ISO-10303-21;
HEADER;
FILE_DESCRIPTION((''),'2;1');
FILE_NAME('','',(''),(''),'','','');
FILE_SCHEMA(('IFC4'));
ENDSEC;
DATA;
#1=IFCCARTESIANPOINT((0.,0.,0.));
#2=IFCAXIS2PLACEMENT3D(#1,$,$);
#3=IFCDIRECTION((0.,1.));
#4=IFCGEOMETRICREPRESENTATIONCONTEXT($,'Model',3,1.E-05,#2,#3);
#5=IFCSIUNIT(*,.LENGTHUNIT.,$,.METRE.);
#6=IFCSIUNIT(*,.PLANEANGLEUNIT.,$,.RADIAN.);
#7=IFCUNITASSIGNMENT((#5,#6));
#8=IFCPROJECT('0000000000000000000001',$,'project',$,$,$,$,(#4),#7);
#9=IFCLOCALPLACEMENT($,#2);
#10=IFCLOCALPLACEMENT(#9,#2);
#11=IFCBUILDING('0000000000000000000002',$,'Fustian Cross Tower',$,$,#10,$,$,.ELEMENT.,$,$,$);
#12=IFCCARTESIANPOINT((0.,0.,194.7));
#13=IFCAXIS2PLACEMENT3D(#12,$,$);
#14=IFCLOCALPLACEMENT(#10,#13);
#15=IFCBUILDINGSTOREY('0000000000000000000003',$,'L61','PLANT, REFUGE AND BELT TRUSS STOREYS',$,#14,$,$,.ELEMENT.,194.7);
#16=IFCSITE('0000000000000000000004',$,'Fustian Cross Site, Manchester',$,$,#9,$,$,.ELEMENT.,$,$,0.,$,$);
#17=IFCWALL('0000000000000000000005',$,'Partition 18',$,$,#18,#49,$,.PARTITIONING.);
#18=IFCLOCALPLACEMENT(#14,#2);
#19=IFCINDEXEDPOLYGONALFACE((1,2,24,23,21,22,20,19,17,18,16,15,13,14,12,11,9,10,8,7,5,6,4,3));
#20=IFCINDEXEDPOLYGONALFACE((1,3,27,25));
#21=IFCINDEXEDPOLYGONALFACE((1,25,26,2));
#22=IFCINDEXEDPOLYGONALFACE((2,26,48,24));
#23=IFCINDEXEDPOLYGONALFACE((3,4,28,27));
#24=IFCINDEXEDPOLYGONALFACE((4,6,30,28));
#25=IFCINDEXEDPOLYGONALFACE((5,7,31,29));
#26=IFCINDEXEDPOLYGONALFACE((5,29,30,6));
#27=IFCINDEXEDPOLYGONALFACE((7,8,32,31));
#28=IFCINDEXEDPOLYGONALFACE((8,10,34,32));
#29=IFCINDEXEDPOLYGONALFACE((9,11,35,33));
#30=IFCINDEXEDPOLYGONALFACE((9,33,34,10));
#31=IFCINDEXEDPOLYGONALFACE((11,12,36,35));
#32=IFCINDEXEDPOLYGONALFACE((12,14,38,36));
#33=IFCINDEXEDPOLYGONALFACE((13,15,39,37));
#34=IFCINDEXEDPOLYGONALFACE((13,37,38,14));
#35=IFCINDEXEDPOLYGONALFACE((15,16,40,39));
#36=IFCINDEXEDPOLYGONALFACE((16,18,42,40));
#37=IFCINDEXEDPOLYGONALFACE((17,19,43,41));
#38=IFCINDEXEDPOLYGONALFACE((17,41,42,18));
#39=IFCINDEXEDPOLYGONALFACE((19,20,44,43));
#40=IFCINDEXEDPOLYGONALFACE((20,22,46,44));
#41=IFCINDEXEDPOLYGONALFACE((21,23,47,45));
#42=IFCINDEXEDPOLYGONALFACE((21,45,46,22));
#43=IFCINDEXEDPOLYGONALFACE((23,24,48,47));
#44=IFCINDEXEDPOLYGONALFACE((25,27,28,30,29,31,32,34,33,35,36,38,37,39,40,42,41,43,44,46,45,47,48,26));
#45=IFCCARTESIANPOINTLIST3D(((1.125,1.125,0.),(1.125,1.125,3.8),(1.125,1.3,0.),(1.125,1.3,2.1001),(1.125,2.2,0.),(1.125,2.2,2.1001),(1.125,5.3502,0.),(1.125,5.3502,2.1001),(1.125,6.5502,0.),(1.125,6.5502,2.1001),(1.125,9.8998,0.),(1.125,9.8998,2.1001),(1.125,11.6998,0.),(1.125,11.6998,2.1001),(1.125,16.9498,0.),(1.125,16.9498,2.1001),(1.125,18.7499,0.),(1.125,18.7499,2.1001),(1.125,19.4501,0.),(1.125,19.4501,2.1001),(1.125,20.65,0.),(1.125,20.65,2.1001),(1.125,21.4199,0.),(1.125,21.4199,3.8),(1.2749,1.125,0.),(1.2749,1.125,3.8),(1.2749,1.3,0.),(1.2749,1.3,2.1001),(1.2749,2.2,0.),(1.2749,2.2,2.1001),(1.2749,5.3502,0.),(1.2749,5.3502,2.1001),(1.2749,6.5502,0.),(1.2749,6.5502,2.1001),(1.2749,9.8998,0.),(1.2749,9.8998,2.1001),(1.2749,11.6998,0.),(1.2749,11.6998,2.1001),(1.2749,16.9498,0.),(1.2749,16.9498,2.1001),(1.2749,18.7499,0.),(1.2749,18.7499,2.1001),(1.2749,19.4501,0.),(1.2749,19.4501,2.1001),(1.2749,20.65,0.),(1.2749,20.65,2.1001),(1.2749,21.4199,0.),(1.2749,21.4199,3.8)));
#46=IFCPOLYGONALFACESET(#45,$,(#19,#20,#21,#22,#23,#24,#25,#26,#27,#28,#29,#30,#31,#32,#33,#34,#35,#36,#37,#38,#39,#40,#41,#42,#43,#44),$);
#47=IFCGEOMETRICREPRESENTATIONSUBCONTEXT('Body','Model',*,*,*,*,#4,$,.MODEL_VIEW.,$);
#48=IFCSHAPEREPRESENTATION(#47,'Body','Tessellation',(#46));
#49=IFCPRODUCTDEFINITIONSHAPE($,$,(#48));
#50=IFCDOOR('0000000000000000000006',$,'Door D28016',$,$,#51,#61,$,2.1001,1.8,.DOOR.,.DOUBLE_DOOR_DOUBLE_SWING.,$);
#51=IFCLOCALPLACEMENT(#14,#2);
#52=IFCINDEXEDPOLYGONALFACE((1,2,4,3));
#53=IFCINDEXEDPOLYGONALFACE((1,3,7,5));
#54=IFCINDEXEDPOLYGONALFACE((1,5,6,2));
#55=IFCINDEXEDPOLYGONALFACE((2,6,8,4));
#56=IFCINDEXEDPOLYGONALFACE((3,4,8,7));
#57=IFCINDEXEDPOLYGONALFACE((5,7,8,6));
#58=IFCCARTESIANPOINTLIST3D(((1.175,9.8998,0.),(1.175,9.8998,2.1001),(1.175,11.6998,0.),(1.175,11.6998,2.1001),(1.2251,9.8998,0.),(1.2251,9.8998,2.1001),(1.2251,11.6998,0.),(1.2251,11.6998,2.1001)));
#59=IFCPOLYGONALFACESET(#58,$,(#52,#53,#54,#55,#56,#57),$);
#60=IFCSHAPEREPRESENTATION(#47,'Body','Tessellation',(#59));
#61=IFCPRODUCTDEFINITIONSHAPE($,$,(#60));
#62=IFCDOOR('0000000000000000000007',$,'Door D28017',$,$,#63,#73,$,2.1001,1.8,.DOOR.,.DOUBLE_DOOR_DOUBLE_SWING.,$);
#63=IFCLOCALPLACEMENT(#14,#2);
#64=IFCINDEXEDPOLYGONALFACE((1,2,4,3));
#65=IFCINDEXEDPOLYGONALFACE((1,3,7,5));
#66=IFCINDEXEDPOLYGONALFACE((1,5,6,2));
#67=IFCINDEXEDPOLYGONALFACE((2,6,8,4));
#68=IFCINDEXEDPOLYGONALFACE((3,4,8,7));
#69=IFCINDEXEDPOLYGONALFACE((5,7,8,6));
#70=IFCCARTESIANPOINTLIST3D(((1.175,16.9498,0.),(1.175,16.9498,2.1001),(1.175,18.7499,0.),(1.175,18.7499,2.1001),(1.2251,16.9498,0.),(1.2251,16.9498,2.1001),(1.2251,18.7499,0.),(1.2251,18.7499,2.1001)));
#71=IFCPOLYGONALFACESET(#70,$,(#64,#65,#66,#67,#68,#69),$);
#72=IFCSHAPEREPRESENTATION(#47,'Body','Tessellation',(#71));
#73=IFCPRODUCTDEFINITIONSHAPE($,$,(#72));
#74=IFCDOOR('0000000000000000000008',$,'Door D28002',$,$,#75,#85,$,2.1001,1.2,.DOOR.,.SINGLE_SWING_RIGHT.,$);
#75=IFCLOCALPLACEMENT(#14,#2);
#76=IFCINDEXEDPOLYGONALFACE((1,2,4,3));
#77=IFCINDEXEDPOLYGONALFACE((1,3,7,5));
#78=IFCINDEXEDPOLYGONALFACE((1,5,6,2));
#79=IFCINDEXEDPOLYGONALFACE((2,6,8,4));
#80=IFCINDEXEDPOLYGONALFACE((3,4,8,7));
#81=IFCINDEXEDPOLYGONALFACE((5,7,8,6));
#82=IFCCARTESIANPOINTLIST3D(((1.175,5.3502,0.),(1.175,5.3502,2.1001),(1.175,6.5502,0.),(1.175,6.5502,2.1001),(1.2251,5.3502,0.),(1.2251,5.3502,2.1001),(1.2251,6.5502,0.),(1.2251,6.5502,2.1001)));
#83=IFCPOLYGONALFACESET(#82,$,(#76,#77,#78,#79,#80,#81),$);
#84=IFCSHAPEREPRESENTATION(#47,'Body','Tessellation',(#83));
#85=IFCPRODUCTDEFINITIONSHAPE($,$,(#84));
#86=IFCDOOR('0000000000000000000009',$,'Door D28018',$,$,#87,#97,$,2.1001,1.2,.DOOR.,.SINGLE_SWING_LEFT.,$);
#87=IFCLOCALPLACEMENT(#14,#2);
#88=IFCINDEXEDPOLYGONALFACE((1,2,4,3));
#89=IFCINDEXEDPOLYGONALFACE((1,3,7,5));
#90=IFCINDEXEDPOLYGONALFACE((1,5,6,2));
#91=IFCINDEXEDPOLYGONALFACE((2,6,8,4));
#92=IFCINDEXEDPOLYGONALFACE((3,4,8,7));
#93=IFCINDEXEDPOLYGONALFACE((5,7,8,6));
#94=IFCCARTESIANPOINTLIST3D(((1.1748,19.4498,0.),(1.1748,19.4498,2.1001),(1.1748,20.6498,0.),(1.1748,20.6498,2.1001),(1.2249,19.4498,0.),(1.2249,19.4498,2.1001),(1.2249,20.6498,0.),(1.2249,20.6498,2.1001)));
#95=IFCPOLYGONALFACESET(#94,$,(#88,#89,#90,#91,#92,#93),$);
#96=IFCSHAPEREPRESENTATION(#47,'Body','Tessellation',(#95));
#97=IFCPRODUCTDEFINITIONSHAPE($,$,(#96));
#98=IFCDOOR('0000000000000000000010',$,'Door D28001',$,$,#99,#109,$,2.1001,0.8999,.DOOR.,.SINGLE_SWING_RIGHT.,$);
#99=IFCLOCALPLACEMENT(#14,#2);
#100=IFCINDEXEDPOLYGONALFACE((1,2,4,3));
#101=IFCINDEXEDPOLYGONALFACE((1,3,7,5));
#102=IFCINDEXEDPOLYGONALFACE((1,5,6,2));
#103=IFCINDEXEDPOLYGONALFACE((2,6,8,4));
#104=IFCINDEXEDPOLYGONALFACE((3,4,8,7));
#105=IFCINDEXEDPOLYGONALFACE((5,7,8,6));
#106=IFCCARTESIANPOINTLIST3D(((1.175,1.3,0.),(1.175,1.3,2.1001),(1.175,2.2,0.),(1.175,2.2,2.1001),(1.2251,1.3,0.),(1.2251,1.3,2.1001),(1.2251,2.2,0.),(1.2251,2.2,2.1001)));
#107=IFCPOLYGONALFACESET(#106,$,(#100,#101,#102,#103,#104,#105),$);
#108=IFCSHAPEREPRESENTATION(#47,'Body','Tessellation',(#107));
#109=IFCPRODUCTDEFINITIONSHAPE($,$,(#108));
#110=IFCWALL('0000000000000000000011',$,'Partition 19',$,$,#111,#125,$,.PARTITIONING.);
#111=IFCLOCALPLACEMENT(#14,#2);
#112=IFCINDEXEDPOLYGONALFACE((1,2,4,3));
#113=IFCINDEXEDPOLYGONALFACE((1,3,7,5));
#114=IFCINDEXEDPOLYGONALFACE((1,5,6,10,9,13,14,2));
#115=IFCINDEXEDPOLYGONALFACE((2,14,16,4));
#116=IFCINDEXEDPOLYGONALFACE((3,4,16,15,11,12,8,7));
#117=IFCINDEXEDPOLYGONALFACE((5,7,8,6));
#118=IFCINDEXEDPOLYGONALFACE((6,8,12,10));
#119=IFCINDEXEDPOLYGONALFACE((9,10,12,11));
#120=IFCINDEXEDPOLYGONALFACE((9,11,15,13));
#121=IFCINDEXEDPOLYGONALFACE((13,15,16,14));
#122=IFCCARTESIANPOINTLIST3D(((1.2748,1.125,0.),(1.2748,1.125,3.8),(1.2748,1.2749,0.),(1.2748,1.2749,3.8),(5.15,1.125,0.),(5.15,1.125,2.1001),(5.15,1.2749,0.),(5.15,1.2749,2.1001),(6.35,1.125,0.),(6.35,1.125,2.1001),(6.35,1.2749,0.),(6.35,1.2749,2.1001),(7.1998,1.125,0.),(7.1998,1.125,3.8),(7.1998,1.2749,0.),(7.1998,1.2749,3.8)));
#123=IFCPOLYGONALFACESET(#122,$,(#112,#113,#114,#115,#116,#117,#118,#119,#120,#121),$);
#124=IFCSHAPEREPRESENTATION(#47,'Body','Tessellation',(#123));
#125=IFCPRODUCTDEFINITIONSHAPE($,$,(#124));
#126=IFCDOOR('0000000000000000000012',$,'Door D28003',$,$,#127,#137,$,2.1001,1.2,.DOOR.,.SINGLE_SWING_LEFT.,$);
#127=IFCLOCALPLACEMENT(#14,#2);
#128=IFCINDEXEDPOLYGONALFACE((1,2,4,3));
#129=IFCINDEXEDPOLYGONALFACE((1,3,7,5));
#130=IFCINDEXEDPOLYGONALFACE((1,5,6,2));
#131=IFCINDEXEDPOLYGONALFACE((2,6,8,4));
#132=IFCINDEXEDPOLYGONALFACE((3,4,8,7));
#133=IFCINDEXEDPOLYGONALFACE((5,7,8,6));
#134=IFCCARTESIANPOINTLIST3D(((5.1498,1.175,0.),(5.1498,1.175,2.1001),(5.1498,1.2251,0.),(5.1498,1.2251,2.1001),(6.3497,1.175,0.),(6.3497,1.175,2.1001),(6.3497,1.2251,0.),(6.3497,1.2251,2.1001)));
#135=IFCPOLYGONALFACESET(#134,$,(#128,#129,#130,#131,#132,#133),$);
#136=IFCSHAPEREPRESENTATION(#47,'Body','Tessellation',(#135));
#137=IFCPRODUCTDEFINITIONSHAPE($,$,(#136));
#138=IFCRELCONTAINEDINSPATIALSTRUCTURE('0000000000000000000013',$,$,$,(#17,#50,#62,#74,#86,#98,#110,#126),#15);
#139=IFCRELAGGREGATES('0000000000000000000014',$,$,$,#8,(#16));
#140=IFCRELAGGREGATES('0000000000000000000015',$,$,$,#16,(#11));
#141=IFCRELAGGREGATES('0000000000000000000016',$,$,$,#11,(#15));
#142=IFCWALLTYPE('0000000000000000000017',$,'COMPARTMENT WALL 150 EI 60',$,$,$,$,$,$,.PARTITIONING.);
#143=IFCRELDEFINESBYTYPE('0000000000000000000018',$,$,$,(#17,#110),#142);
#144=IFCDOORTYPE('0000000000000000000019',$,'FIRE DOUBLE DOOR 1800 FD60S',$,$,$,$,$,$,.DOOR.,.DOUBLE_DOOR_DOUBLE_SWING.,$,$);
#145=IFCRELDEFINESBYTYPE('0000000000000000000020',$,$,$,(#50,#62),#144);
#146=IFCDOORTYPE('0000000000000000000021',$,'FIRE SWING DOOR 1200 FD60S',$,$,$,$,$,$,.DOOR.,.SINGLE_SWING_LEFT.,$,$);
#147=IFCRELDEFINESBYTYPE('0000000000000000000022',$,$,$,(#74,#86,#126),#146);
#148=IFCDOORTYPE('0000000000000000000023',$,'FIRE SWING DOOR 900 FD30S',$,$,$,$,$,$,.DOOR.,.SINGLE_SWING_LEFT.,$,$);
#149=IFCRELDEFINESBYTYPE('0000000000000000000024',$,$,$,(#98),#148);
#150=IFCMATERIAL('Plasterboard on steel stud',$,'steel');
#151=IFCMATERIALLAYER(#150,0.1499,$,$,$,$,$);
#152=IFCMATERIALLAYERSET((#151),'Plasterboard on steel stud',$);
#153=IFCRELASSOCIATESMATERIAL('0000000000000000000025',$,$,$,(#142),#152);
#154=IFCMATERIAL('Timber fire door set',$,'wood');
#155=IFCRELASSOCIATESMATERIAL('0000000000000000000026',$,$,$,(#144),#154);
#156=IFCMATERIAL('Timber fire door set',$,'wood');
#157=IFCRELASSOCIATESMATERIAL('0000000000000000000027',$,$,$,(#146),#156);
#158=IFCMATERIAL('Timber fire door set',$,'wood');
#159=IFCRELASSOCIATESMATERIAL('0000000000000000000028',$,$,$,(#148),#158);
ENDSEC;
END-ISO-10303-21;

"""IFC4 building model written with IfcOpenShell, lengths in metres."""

from ifc_helpers import new_model, si_unit, direction, frame, frame_2d, origin, place, context, subcontext, project, spatial, rectangle, extrude, material, layer, layer_set, type_object, element, fill, save


model = new_model("IFC4")

# Units and contexts
model_context = context("Model", 3, precision=1e-05, world=origin(), true_north=direction((0.0, 1.0)))
body_context = subcontext(model_context, "Body", "Model", "MODEL_VIEW")
ifc_project = project(units=[si_unit("LENGTHUNIT", "METRE"), si_unit("PLANEANGLEUNIT", "RADIAN")], contexts=[model_context])

# Site, building, storey
site_placement = place(None, origin())
site = spatial("IfcSite", under=ifc_project, at=site_placement, Name="Fustian Cross Site, Manchester", CompositionType="ELEMENT", RefElevation=0.0)
building_placement = place(site_placement, origin())
building = spatial("IfcBuilding", under=site, at=building_placement, Name="Fustian Cross Tower", CompositionType="ELEMENT")
storey_placement = place(building_placement, frame((0.0, 0.0, 194.7)))
storey = spatial("IfcBuildingStorey", under=building, at=storey_placement, Name="L61", Description="PLANT, REFUGE AND BELT TRUSS STOREYS", CompositionType="ELEMENT", Elevation=194.7)

# Wall, openings, doors
ifc_material_1 = material(Name="Plasterboard on steel stud", Category="steel")
ifc_layer_1 = layer(ifc_material_1, 0.1499)
ifc_layer_set_1 = layer_set([ifc_layer_1], Name="Plasterboard on steel stud")
wall_type = type_object("IfcWallType", Name="COMPARTMENT WALL 150 EI 60", PredefinedType="PARTITIONING", material=ifc_layer_set_1)
ifc_material_2 = material(Name="Timber fire door set", Category="wood")
door_type_1 = type_object("IfcDoorType", Name="FIRE DOUBLE DOOR 1800 FD60S", OperationType="DOUBLE_DOOR_DOUBLE_SWING", PredefinedType="DOOR", material=ifc_material_2)
ifc_material_3 = material(Name="Timber fire door set", Category="wood")
door_type_2 = type_object("IfcDoorType", Name="FIRE SWING DOOR 1200 FD60S", OperationType="SINGLE_SWING_LEFT", PredefinedType="DOOR", material=ifc_material_3)
wall_1_placement = place(storey_placement, frame((1.2, 1.125, 0.0), z_axis=(0.0, 0.0, 1.0), x_axis=(0.0, 1.0, 0.0)))
wall_1 = element("IfcWall", 1, at=wall_1_placement, inside=storey, type_object=wall_type, Name="Partition 18", PredefinedType="PARTITIONING", context=body_context, shape_type="SweptSolid", body=[
    extrude(rectangle(XDim=20.2949, YDim=0.1499, at=frame_2d((10.1475, 0.0))), origin(), (0.0, 0.0, 1.0), 3.8),
])
opening_1_placement = place(wall_1_placement, frame((0.175, 0.0, 0.0)))
opening_1 = element("IfcOpeningElement", 2, at=opening_1_placement, cuts=wall_1, PredefinedType="OPENING", context=body_context, shape_type="SweptSolid", body=[
    extrude(rectangle(XDim=0.8999, YDim=2.1001, at=frame_2d((0.45, 1.05))), frame((0.0, 0.085, 0.0), z_axis=(0.0, -1.0, 0.0), x_axis=(1.0, 0.0, 0.0)), (0.0, 0.0, 1.0), 0.1699),
])
opening_2_placement = place(wall_1_placement, frame((4.2251, 0.0, 0.0)))
opening_2 = element("IfcOpeningElement", 3, at=opening_2_placement, cuts=wall_1, PredefinedType="OPENING", context=body_context, shape_type="SweptSolid", body=[
    extrude(rectangle(XDim=1.2, YDim=2.1001, at=frame_2d((0.6001, 1.05))), frame((0.0, 0.085, 0.0), z_axis=(0.0, -1.0, 0.0), x_axis=(1.0, 0.0, 0.0)), (0.0, 0.0, 1.0), 0.1699),
])
opening_3_placement = place(wall_1_placement, frame((8.7749, 0.0, 0.0)))
opening_3 = element("IfcOpeningElement", 4, at=opening_3_placement, cuts=wall_1, PredefinedType="OPENING", context=body_context, shape_type="SweptSolid", body=[
    extrude(rectangle(XDim=1.8, YDim=2.1001, at=frame_2d((0.8999, 1.05))), frame((0.0, 0.085, 0.0), z_axis=(0.0, -1.0, 0.0), x_axis=(1.0, 0.0, 0.0)), (0.0, 0.0, 1.0), 0.1699),
])
opening_4_placement = place(wall_1_placement, frame((15.825, 0.0, 0.0)))
opening_4 = element("IfcOpeningElement", 5, at=opening_4_placement, cuts=wall_1, PredefinedType="OPENING", context=body_context, shape_type="SweptSolid", body=[
    extrude(rectangle(XDim=1.8, YDim=2.1001, at=frame_2d((0.8999, 1.05))), frame((0.0, 0.085, 0.0), z_axis=(0.0, -1.0, 0.0), x_axis=(1.0, 0.0, 0.0)), (0.0, 0.0, 1.0), 0.1699),
])
opening_5_placement = place(wall_1_placement, frame((18.325, 0.0, 0.0)))
opening_5 = element("IfcOpeningElement", 6, at=opening_5_placement, cuts=wall_1, PredefinedType="OPENING", context=body_context, shape_type="SweptSolid", body=[
    extrude(rectangle(XDim=1.2, YDim=2.1001, at=frame_2d((0.6001, 1.05))), frame((0.0, 0.085, 0.0), z_axis=(0.0, -1.0, 0.0), x_axis=(1.0, 0.0, 0.0)), (0.0, 0.0, 1.0), 0.1699),
])
door_1_placement = place(opening_3_placement, origin())
door_1 = element("IfcDoor", 7, at=door_1_placement, inside=storey, type_object=door_type_1, Name="Door D28016", OperationType="DOUBLE_DOOR_DOUBLE_SWING", OverallHeight=2.1001, OverallWidth=1.8, PredefinedType="DOOR", context=body_context, shape_type="SweptSolid", body=[
    extrude(rectangle(XDim=1.8, YDim=2.1001, at=frame_2d((0.8999, 1.05))), frame((0.0, 0.0249, 0.0), z_axis=(0.0, -1.0, 0.0), x_axis=(1.0, 0.0, 0.0)), (0.0, 0.0, 1.0), 0.05),
])
fill(opening_3, door_1)
door_2_placement = place(opening_4_placement, origin())
door_2 = element("IfcDoor", 8, at=door_2_placement, inside=storey, type_object=door_type_1, Name="Door D28017", OperationType="DOUBLE_DOOR_DOUBLE_SWING", OverallHeight=2.1001, OverallWidth=1.8, PredefinedType="DOOR", context=body_context, shape_type="SweptSolid", body=[
    extrude(rectangle(XDim=1.8, YDim=2.1001, at=frame_2d((0.8999, 1.05))), frame((0.0, 0.0249, 0.0), z_axis=(0.0, -1.0, 0.0), x_axis=(1.0, 0.0, 0.0)), (0.0, 0.0, 1.0), 0.05),
])
fill(opening_4, door_2)
door_3_placement = place(opening_2_placement, origin())
door_3 = element("IfcDoor", 9, at=door_3_placement, inside=storey, type_object=door_type_2, Name="Door D28002", OperationType="SINGLE_SWING_RIGHT", OverallHeight=2.1001, OverallWidth=1.2, PredefinedType="DOOR", context=body_context, shape_type="SweptSolid", body=[
    extrude(rectangle(XDim=1.2, YDim=2.1001, at=frame_2d((0.6001, 1.05))), frame((0.0, 0.0249, 0.0), z_axis=(0.0, -1.0, 0.0), x_axis=(1.0, 0.0, 0.0)), (0.0, 0.0, 1.0), 0.05),
])
fill(opening_2, door_3)
door_4_placement = place(opening_5_placement, frame((1.2, 0.0, 0.0), z_axis=(0.0, 0.0, 1.0), x_axis=(-1.0, 0.0, 0.0)))
door_4 = element("IfcDoor", 10, at=door_4_placement, inside=storey, type_object=door_type_2, Name="Door D28018", OperationType="SINGLE_SWING_LEFT", OverallHeight=2.1001, OverallWidth=1.2, PredefinedType="DOOR", context=body_context, shape_type="SweptSolid", body=[
    extrude(rectangle(XDim=1.2, YDim=2.1001, at=frame_2d((0.6001, 1.05))), frame((0.0, 0.0249, 0.0), z_axis=(0.0, -1.0, 0.0), x_axis=(1.0, 0.0, 0.0)), (0.0, 0.0, 1.0), 0.05),
])
fill(opening_5, door_4)
ifc_material_4 = material(Name="Timber fire door set", Category="wood")
door_type_3 = type_object("IfcDoorType", Name="FIRE SWING DOOR 900 FD30S", OperationType="SINGLE_SWING_LEFT", PredefinedType="DOOR", material=ifc_material_4)
door_5_placement = place(opening_1_placement, origin())
door_5 = element("IfcDoor", 11, at=door_5_placement, inside=storey, type_object=door_type_3, Name="Door D28001", OperationType="SINGLE_SWING_RIGHT", OverallHeight=2.1001, OverallWidth=0.8999, PredefinedType="DOOR", context=body_context, shape_type="SweptSolid", body=[
    extrude(rectangle(XDim=0.8999, YDim=2.1001, at=frame_2d((0.45, 1.05))), frame((0.0, 0.0249, 0.0), z_axis=(0.0, -1.0, 0.0), x_axis=(1.0, 0.0, 0.0)), (0.0, 0.0, 1.0), 0.05),
])
fill(opening_1, door_5)

# Wall, opening, door
wall_2_placement = place(storey_placement, frame((1.2749, 1.2, 0.0), z_axis=(0.0, 0.0, 1.0), x_axis=(1.0, 0.0, 0.0)))
wall_2 = element("IfcWall", 12, at=wall_2_placement, inside=storey, type_object=wall_type, Name="Partition 19", PredefinedType="PARTITIONING", context=body_context, shape_type="SweptSolid", body=[
    extrude(rectangle(XDim=5.925, YDim=0.1499, at=frame_2d((2.9624, 0.0))), origin(), (0.0, 0.0, 1.0), 3.8),
])
opening_6_placement = place(wall_2_placement, frame((3.875, 0.0, 0.0)))
opening_6 = element("IfcOpeningElement", 13, at=opening_6_placement, cuts=wall_2, PredefinedType="OPENING", context=body_context, shape_type="SweptSolid", body=[
    extrude(rectangle(XDim=1.2, YDim=2.1001, at=frame_2d((0.6001, 1.05))), frame((0.0, 0.085, 0.0), z_axis=(0.0, -1.0, 0.0), x_axis=(1.0, 0.0, 0.0)), (0.0, 0.0, 1.0), 0.1699),
])
door_6_placement = place(opening_6_placement, frame((1.2, 0.0, 0.0), z_axis=(0.0, 0.0, 1.0), x_axis=(-1.0, 0.0, 0.0)))
door_6 = element("IfcDoor", 14, at=door_6_placement, inside=storey, type_object=door_type_2, Name="Door D28003", OperationType="SINGLE_SWING_LEFT", OverallHeight=2.1001, OverallWidth=1.2, PredefinedType="DOOR", context=body_context, shape_type="SweptSolid", body=[
    extrude(rectangle(XDim=1.2, YDim=2.1001, at=frame_2d((0.6001, 1.05))), frame((0.0, 0.0249, 0.0), z_axis=(0.0, -1.0, 0.0), x_axis=(1.0, 0.0, 0.0)), (0.0, 0.0, 1.0), 0.05),
])
fill(opening_6, door_6)

save(model, "model.ifc")
